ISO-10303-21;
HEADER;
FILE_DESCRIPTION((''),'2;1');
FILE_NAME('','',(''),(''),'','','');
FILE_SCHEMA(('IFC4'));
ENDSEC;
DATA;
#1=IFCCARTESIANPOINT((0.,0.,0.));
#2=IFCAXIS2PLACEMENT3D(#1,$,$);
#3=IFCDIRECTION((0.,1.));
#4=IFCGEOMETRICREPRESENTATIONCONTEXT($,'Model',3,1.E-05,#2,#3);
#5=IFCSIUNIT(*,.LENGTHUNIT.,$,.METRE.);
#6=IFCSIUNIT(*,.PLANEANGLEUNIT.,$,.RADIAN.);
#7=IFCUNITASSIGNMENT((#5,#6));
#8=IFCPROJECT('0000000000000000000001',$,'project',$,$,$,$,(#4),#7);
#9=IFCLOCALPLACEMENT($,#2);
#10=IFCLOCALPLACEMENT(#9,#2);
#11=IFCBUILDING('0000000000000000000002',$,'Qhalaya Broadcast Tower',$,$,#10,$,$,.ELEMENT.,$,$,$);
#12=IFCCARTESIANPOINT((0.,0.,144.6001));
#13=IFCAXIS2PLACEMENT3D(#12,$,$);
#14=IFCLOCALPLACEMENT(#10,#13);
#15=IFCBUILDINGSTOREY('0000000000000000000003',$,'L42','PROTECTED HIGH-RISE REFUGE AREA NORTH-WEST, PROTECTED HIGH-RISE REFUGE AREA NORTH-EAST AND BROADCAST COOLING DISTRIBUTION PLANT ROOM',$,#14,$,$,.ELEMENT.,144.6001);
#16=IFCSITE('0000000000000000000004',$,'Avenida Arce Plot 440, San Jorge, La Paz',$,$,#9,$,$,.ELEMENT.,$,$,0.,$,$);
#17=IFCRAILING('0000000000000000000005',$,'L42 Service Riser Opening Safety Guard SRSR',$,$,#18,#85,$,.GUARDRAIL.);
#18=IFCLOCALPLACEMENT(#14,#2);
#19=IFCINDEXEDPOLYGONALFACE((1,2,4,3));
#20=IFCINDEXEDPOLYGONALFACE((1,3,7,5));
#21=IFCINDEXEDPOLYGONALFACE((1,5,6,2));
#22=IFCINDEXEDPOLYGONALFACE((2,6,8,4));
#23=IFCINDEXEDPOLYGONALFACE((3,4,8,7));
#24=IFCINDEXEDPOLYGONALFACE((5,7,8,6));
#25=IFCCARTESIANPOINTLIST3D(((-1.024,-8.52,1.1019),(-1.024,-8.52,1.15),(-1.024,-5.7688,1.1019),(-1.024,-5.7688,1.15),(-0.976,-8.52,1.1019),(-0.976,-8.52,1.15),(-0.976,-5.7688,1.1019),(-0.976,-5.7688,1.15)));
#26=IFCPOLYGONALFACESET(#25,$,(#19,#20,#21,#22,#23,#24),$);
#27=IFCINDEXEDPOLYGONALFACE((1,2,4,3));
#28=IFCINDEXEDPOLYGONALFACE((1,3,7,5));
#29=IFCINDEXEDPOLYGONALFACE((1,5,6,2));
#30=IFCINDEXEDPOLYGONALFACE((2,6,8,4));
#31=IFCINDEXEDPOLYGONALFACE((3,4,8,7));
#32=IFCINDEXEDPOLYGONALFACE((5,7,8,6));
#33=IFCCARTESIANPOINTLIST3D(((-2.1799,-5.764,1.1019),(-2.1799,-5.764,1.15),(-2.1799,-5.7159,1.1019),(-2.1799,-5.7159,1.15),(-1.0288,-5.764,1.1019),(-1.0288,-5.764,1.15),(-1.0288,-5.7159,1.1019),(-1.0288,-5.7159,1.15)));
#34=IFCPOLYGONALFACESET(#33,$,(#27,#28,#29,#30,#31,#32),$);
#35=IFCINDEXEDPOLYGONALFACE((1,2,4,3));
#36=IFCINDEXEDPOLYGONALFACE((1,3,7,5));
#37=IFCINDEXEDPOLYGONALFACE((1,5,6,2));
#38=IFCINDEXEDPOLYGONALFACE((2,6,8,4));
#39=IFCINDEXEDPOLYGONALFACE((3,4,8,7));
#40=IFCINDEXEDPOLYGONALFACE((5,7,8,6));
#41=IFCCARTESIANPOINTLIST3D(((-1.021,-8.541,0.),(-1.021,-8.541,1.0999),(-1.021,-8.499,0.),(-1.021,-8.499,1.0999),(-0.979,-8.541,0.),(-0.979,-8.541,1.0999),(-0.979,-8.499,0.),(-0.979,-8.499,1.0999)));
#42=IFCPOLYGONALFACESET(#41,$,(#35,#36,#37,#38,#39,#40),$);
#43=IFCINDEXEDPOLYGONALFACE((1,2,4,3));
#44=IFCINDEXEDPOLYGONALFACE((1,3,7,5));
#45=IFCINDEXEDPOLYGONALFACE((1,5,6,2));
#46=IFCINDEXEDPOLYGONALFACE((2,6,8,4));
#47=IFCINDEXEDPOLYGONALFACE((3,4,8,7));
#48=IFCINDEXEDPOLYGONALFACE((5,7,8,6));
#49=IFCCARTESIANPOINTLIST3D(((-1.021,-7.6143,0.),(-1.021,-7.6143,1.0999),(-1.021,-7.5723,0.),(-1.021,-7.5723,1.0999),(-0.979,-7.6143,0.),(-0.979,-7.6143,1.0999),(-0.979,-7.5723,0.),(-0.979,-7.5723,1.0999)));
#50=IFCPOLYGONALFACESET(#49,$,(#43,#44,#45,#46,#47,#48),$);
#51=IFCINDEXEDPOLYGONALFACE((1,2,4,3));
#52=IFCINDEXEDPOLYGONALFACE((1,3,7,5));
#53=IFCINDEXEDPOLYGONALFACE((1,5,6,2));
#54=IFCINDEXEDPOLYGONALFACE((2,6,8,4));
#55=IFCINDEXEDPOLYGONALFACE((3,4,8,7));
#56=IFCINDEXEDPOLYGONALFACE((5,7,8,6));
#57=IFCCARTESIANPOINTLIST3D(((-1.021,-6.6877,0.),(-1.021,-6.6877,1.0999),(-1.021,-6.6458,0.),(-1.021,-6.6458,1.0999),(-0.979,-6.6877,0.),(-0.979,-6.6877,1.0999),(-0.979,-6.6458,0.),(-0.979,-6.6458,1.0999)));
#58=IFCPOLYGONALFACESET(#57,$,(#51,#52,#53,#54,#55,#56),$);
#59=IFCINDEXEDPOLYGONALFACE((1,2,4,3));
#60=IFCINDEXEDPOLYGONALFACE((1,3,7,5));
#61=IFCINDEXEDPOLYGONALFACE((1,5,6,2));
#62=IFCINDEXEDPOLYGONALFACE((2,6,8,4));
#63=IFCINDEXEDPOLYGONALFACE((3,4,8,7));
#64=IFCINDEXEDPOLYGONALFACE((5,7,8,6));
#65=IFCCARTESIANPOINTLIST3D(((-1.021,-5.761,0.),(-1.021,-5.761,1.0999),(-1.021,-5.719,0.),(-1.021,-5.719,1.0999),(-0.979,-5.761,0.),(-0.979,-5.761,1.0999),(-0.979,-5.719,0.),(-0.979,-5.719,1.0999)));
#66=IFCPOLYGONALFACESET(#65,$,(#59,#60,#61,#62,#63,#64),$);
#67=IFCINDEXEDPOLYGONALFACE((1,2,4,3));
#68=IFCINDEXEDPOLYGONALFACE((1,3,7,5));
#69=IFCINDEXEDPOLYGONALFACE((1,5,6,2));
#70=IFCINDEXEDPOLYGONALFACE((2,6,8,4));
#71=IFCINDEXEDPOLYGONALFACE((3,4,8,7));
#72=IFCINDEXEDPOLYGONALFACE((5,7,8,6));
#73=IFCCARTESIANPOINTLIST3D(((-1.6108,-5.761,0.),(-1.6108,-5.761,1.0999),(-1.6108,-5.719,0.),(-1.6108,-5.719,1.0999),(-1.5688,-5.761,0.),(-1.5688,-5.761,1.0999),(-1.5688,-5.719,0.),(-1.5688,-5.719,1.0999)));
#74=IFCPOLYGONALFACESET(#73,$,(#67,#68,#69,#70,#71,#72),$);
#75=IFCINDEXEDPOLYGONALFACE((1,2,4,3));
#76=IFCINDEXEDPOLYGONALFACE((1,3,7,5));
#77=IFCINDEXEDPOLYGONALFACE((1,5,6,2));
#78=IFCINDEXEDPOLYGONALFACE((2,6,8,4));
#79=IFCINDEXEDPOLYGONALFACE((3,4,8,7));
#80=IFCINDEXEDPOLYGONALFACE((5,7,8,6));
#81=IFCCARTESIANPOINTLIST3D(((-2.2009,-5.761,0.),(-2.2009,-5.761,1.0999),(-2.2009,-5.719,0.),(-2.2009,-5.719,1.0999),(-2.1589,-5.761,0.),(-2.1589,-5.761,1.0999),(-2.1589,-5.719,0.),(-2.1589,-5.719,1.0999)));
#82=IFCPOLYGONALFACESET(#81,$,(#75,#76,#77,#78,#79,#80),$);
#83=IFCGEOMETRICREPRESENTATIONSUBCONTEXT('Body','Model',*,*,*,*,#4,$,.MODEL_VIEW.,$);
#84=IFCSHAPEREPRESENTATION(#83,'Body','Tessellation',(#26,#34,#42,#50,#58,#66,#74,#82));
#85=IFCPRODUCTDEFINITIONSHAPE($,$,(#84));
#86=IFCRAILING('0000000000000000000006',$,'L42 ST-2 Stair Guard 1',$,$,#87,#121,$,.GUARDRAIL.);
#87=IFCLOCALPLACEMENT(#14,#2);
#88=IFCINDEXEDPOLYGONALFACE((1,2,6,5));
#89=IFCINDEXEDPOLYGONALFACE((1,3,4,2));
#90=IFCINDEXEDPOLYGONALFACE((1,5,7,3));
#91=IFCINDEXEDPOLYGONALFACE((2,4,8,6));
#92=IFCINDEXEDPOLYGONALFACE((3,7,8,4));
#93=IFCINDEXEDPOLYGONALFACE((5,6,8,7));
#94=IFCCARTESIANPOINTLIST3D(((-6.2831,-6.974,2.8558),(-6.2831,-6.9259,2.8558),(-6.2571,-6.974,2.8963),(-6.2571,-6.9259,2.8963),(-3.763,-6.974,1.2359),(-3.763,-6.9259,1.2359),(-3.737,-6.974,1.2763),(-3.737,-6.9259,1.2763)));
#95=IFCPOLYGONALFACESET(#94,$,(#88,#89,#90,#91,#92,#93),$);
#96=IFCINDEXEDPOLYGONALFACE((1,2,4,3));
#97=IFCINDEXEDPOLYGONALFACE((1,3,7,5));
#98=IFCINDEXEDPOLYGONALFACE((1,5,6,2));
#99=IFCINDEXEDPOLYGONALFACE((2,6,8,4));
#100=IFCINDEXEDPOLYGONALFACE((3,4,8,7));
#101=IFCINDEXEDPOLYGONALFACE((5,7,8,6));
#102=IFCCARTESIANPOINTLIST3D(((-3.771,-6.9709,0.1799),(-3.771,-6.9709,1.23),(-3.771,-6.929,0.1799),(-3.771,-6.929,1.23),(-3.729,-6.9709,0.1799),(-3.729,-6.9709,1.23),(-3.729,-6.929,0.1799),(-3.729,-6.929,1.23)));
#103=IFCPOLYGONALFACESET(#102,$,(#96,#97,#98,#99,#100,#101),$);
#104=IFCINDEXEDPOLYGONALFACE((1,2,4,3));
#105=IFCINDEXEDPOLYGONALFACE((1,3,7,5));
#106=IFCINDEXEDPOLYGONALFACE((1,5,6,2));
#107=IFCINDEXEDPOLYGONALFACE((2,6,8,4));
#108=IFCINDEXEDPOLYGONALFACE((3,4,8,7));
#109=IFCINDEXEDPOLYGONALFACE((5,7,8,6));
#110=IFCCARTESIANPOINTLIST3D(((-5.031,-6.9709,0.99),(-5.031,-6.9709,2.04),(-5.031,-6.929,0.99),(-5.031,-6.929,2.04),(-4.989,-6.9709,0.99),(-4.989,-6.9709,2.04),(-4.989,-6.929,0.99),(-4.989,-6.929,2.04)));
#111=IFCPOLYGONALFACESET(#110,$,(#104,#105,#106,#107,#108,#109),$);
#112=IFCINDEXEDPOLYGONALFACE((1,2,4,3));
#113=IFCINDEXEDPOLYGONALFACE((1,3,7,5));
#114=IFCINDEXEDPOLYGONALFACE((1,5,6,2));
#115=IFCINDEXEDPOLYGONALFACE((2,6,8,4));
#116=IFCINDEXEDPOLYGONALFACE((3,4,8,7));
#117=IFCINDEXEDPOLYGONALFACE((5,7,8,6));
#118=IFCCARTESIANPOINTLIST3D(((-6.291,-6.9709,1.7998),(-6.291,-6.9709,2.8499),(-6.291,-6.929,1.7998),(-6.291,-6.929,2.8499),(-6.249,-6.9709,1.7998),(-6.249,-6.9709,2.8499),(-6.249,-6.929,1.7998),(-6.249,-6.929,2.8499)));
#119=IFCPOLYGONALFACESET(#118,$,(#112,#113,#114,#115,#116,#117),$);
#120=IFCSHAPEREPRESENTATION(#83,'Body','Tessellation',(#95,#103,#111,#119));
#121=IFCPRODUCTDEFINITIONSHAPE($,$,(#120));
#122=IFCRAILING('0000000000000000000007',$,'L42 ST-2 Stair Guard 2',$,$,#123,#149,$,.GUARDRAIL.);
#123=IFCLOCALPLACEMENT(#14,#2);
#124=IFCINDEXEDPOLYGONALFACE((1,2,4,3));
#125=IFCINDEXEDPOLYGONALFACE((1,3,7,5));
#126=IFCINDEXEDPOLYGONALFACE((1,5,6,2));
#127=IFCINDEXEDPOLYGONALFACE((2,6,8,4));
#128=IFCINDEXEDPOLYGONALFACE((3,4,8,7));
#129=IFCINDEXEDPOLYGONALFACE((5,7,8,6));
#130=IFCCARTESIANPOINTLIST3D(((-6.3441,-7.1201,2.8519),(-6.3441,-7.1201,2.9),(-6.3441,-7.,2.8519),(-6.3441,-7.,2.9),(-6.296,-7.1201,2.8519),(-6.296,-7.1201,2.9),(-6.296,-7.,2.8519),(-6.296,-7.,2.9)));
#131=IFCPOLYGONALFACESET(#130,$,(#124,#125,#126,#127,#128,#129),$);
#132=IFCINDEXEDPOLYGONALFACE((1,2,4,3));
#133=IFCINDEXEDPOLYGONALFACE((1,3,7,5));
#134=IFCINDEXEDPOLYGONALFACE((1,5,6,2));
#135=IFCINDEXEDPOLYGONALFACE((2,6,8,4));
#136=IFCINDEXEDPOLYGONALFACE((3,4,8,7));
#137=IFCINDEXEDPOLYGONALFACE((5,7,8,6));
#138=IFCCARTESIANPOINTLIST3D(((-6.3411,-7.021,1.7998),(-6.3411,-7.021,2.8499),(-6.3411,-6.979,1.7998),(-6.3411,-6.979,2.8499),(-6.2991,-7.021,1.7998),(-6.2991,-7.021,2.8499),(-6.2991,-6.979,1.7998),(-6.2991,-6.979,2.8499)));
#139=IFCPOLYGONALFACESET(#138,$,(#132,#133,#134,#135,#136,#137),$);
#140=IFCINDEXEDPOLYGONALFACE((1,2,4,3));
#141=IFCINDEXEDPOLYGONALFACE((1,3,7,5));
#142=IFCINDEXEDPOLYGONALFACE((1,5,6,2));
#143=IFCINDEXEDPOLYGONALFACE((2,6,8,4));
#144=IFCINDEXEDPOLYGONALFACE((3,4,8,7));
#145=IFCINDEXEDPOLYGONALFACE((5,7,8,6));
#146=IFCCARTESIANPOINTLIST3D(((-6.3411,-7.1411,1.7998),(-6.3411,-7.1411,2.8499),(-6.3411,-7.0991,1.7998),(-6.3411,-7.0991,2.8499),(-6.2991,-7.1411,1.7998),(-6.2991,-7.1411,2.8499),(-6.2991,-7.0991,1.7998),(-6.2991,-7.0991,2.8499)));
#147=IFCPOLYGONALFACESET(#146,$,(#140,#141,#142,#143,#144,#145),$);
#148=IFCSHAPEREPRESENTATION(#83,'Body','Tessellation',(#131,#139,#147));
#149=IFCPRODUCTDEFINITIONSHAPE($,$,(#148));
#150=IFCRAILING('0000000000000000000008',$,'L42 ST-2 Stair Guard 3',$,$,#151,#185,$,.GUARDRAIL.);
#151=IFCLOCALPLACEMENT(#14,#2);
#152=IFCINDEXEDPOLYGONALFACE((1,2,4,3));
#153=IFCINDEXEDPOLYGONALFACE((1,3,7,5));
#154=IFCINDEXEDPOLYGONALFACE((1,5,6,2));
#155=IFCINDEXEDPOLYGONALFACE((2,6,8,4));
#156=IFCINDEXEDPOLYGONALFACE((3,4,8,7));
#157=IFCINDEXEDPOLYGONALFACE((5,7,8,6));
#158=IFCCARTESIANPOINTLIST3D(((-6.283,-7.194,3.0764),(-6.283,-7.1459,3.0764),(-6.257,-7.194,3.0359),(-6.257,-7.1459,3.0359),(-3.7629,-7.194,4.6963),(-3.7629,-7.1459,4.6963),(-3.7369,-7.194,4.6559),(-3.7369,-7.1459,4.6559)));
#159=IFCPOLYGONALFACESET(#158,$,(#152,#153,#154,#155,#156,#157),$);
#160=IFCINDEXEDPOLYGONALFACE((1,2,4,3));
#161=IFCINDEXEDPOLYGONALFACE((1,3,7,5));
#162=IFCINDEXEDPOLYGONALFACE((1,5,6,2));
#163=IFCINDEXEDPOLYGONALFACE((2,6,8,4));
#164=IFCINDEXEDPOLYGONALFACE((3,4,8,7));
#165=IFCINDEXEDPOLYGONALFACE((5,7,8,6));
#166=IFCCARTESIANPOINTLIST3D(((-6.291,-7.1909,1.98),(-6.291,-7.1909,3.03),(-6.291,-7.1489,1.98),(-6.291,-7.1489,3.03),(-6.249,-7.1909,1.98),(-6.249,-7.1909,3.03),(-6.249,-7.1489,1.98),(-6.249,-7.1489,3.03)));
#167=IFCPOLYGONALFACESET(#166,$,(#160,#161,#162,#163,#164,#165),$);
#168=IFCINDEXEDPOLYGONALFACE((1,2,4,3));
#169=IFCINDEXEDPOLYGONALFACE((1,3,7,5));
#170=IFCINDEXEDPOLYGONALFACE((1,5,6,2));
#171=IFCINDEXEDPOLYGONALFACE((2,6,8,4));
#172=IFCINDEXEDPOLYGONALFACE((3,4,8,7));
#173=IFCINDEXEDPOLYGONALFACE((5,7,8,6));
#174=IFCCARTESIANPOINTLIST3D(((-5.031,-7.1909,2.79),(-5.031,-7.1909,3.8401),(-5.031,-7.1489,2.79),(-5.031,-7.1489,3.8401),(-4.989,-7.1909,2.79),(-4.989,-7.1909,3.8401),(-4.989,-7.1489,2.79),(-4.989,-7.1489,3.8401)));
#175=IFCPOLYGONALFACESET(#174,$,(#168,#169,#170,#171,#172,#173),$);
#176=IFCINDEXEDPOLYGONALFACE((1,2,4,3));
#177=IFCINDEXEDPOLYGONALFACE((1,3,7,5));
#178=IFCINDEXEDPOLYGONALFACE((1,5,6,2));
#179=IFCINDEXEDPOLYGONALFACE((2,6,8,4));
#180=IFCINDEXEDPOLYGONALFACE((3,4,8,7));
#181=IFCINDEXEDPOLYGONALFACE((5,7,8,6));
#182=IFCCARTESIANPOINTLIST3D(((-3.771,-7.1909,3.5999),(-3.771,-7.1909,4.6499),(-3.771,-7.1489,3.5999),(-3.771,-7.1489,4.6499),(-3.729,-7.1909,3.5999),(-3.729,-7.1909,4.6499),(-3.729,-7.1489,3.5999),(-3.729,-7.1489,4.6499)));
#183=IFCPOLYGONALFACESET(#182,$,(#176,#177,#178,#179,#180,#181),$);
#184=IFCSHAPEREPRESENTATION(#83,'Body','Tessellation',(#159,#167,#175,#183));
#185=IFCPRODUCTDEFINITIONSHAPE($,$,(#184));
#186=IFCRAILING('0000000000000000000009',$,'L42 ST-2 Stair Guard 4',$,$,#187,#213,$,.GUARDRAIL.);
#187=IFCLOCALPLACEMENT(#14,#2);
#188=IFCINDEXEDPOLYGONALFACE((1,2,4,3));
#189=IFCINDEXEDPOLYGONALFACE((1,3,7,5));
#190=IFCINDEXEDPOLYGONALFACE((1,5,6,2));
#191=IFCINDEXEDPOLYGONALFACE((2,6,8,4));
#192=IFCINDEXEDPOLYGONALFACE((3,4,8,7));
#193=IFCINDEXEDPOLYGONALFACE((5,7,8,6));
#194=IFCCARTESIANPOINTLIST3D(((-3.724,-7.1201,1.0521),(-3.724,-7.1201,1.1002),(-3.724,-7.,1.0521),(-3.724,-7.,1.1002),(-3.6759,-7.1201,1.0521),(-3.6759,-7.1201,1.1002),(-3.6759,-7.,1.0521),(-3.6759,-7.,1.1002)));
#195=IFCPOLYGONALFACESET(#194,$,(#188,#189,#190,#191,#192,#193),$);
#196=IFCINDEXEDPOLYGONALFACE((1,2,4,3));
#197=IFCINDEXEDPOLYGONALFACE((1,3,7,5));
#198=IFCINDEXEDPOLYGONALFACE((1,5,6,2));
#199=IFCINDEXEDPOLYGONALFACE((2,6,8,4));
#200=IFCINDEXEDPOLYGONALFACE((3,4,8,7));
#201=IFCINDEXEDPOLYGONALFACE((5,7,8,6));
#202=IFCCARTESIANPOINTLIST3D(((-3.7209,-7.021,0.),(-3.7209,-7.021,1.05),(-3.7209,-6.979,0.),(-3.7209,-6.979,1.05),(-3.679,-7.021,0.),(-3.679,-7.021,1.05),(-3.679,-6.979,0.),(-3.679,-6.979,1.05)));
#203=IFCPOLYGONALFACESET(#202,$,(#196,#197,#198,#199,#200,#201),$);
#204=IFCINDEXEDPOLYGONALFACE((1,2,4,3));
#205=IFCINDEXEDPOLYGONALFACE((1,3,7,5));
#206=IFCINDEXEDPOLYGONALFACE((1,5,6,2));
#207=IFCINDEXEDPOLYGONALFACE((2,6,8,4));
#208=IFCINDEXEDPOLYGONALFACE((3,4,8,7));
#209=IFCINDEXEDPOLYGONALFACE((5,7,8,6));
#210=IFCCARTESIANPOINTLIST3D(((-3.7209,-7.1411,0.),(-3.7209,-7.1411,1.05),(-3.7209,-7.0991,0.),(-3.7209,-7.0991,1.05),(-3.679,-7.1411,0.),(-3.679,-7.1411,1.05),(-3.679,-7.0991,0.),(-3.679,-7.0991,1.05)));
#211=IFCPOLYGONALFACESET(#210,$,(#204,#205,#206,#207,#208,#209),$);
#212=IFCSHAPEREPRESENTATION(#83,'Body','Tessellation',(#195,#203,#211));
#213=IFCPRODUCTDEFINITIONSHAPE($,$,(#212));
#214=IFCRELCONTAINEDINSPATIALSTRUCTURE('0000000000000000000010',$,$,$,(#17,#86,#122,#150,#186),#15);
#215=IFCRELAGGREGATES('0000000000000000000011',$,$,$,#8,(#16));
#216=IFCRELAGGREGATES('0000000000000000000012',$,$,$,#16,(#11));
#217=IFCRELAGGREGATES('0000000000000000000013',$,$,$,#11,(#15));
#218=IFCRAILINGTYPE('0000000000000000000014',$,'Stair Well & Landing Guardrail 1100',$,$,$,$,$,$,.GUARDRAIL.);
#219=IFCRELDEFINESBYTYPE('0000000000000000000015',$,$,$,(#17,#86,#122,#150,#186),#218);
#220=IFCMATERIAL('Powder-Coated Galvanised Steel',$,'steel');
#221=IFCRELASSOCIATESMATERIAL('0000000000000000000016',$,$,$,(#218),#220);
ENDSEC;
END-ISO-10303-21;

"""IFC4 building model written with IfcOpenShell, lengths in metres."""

from ifc_helpers import new_model, si_unit, direction, frame, origin, origin_2d, place, context, subcontext, project, spatial, rectangle, extrude, material, type_object, element, save


model = new_model("IFC4")

# Units and contexts
model_context = context("Model", 3, precision=1e-05, world=origin(), true_north=direction((0.0, 1.0)))
body_context = subcontext(model_context, "Body", "Model", "MODEL_VIEW")
ifc_project = project(units=[si_unit("LENGTHUNIT", "METRE"), si_unit("PLANEANGLEUNIT", "RADIAN")], contexts=[model_context])

# Site, building, storey
site_placement = place(None, origin())
site = spatial("IfcSite", under=ifc_project, at=site_placement, Name="Avenida Arce Plot 440, San Jorge, La Paz", CompositionType="ELEMENT", RefElevation=0.0)
building_placement = place(site_placement, origin())
building = spatial("IfcBuilding", under=site, at=building_placement, Name="Qhalaya Broadcast Tower", CompositionType="ELEMENT")
storey_placement = place(building_placement, frame((0.0, 0.0, 144.6001)))
storey = spatial("IfcBuildingStorey", under=building, at=storey_placement, Name="L42", Description="PROTECTED HIGH-RISE REFUGE AREA NORTH-WEST, PROTECTED HIGH-RISE REFUGE AREA NORTH-EAST AND BROADCAST COOLING DISTRIBUTION PLANT ROOM", CompositionType="ELEMENT", Elevation=144.6001)

# Railings
ifc_material_1 = material(Name="Powder-Coated Galvanised Steel", Category="steel")
railing_type_1 = type_object("IfcRailingType", Name="Stair Well & Landing Guardrail 1100", PredefinedType="GUARDRAIL", material=ifc_material_1)
railing_1_placement = place(storey_placement, frame((-1.0, -8.52, 0.0)))
element("IfcRailing", 1, at=railing_1_placement, inside=storey, type_object=railing_type_1, Name="L42 Service Riser Opening Safety Guard SRSR", PredefinedType="GUARDRAIL", context=body_context, shape_type="SweptSolid", body=[
    extrude(rectangle(XDim=0.0481, YDim=0.0481, at=origin_2d()), frame((0.0, 0.0, 1.126), z_axis=(0.0, 1.0, 0.0), x_axis=(-1.0, 0.0, 0.0)), (0.0, 0.0, 1.0), 2.7512),
    extrude(rectangle(XDim=0.0481, YDim=0.0481, at=origin_2d()), frame((-0.0288, 2.78, 1.126), z_axis=(-1.0, 0.0, 0.0), x_axis=(0.0, -1.0, 0.0)), (0.0, 0.0, 1.0), 1.1511),
    extrude(rectangle(XDim=0.042, YDim=0.042, at=origin_2d()), origin(), (0.0, 0.0, 1.0), 1.0999),
    extrude(rectangle(XDim=0.042, YDim=0.042, at=origin_2d()), frame((0.0, 0.9268, 0.0)), (0.0, 0.0, 1.0), 1.0999),
    extrude(rectangle(XDim=0.042, YDim=0.042, at=origin_2d()), frame((0.0, 1.8533, 0.0)), (0.0, 0.0, 1.0), 1.0999),
    extrude(rectangle(XDim=0.042, YDim=0.042, at=origin_2d()), frame((0.0, 2.78, 0.0)), (0.0, 0.0, 1.0), 1.0999),
    extrude(rectangle(XDim=0.042, YDim=0.042, at=origin_2d()), frame((-0.5898, 2.78, 0.0)), (0.0, 0.0, 1.0), 1.0999),
    extrude(rectangle(XDim=0.042, YDim=0.042, at=origin_2d()), frame((-1.1799, 2.78, 0.0)), (0.0, 0.0, 1.0), 1.0999),
])
railing_2_placement = place(storey_placement, frame((-3.75, -6.95, 0.1799)))
element("IfcRailing", 2, at=railing_2_placement, inside=storey, type_object=railing_type_1, Name="L42 ST-2 Stair Guard 1", PredefinedType="GUARDRAIL", context=body_context, shape_type="SweptSolid", body=[
    extrude(rectangle(XDim=0.0481, YDim=0.0481, at=origin_2d()), frame((0.0, 0.0, 1.0762), z_axis=(-0.8412, 0.0, 0.540725), x_axis=(0.0, -1.0, 0.0)), (0.0, 0.0, 1.0), 2.9958),
    extrude(rectangle(XDim=0.042, YDim=0.042, at=origin_2d()), origin(), (0.0, 0.0, 1.0), 1.05),
    extrude(rectangle(XDim=0.042, YDim=0.042, at=origin_2d()), frame((-1.26, 0.0, 0.8101)), (0.0, 0.0, 1.0), 1.05),
    extrude(rectangle(XDim=0.042, YDim=0.042, at=origin_2d()), frame((-2.52, 0.0, 1.6199)), (0.0, 0.0, 1.0), 1.05),
])
railing_3_placement = place(storey_placement, frame((-6.3201, -7.0, 1.7998)))
element("IfcRailing", 3, at=railing_3_placement, inside=storey, type_object=railing_type_1, Name="L42 ST-2 Stair Guard 2", PredefinedType="GUARDRAIL", context=body_context, shape_type="SweptSolid", body=[
    extrude(rectangle(XDim=0.0481, YDim=0.0481, at=origin_2d()), frame((0.0, 0.0, 1.0762), z_axis=(0.0, -1.0, 0.0), x_axis=(1.0, 0.0, 0.0)), (0.0, 0.0, 1.0), 0.1201),
    extrude(rectangle(XDim=0.042, YDim=0.042, at=origin_2d()), origin(), (0.0, 0.0, 1.0), 1.05),
    extrude(rectangle(XDim=0.042, YDim=0.042, at=origin_2d()), frame((0.0, -0.1201, 0.0)), (0.0, 0.0, 1.0), 1.05),
])
railing_4_placement = place(storey_placement, frame((-6.27, -7.1699, 1.98)))
element("IfcRailing", 4, at=railing_4_placement, inside=storey, type_object=railing_type_1, Name="L42 ST-2 Stair Guard 3", PredefinedType="GUARDRAIL", context=body_context, shape_type="SweptSolid", body=[
    extrude(rectangle(XDim=0.0481, YDim=0.0481, at=origin_2d()), frame((0.0, 0.0, 1.0762), z_axis=(0.8412, 0.0, 0.540725), x_axis=(0.0, 1.0, 0.0)), (0.0, 0.0, 1.0), 2.9958),
    extrude(rectangle(XDim=0.042, YDim=0.042, at=origin_2d()), origin(), (0.0, 0.0, 1.0), 1.05),
    extrude(rectangle(XDim=0.042, YDim=0.042, at=origin_2d()), frame((1.26, 0.0, 0.8101)), (0.0, 0.0, 1.0), 1.05),
    extrude(rectangle(XDim=0.042, YDim=0.042, at=origin_2d()), frame((2.52, 0.0, 1.6199)), (0.0, 0.0, 1.0), 1.05),
])
railing_5_placement = place(storey_placement, frame((-3.7, -7.0, 0.0)))
element("IfcRailing", 5, at=railing_5_placement, inside=storey, type_object=railing_type_1, Name="L42 ST-2 Stair Guard 4", PredefinedType="GUARDRAIL", context=body_context, shape_type="SweptSolid", body=[
    extrude(rectangle(XDim=0.0481, YDim=0.0481, at=origin_2d()), frame((0.0, 0.0, 1.0762), z_axis=(0.0, -1.0, 0.0), x_axis=(1.0, 0.0, 0.0)), (0.0, 0.0, 1.0), 0.1201),
    extrude(rectangle(XDim=0.042, YDim=0.042, at=origin_2d()), origin(), (0.0, 0.0, 1.0), 1.05),
    extrude(rectangle(XDim=0.042, YDim=0.042, at=origin_2d()), frame((0.0, -0.1201, 0.0)), (0.0, 0.0, 1.0), 1.05),
])

save(model, "model.ifc")
